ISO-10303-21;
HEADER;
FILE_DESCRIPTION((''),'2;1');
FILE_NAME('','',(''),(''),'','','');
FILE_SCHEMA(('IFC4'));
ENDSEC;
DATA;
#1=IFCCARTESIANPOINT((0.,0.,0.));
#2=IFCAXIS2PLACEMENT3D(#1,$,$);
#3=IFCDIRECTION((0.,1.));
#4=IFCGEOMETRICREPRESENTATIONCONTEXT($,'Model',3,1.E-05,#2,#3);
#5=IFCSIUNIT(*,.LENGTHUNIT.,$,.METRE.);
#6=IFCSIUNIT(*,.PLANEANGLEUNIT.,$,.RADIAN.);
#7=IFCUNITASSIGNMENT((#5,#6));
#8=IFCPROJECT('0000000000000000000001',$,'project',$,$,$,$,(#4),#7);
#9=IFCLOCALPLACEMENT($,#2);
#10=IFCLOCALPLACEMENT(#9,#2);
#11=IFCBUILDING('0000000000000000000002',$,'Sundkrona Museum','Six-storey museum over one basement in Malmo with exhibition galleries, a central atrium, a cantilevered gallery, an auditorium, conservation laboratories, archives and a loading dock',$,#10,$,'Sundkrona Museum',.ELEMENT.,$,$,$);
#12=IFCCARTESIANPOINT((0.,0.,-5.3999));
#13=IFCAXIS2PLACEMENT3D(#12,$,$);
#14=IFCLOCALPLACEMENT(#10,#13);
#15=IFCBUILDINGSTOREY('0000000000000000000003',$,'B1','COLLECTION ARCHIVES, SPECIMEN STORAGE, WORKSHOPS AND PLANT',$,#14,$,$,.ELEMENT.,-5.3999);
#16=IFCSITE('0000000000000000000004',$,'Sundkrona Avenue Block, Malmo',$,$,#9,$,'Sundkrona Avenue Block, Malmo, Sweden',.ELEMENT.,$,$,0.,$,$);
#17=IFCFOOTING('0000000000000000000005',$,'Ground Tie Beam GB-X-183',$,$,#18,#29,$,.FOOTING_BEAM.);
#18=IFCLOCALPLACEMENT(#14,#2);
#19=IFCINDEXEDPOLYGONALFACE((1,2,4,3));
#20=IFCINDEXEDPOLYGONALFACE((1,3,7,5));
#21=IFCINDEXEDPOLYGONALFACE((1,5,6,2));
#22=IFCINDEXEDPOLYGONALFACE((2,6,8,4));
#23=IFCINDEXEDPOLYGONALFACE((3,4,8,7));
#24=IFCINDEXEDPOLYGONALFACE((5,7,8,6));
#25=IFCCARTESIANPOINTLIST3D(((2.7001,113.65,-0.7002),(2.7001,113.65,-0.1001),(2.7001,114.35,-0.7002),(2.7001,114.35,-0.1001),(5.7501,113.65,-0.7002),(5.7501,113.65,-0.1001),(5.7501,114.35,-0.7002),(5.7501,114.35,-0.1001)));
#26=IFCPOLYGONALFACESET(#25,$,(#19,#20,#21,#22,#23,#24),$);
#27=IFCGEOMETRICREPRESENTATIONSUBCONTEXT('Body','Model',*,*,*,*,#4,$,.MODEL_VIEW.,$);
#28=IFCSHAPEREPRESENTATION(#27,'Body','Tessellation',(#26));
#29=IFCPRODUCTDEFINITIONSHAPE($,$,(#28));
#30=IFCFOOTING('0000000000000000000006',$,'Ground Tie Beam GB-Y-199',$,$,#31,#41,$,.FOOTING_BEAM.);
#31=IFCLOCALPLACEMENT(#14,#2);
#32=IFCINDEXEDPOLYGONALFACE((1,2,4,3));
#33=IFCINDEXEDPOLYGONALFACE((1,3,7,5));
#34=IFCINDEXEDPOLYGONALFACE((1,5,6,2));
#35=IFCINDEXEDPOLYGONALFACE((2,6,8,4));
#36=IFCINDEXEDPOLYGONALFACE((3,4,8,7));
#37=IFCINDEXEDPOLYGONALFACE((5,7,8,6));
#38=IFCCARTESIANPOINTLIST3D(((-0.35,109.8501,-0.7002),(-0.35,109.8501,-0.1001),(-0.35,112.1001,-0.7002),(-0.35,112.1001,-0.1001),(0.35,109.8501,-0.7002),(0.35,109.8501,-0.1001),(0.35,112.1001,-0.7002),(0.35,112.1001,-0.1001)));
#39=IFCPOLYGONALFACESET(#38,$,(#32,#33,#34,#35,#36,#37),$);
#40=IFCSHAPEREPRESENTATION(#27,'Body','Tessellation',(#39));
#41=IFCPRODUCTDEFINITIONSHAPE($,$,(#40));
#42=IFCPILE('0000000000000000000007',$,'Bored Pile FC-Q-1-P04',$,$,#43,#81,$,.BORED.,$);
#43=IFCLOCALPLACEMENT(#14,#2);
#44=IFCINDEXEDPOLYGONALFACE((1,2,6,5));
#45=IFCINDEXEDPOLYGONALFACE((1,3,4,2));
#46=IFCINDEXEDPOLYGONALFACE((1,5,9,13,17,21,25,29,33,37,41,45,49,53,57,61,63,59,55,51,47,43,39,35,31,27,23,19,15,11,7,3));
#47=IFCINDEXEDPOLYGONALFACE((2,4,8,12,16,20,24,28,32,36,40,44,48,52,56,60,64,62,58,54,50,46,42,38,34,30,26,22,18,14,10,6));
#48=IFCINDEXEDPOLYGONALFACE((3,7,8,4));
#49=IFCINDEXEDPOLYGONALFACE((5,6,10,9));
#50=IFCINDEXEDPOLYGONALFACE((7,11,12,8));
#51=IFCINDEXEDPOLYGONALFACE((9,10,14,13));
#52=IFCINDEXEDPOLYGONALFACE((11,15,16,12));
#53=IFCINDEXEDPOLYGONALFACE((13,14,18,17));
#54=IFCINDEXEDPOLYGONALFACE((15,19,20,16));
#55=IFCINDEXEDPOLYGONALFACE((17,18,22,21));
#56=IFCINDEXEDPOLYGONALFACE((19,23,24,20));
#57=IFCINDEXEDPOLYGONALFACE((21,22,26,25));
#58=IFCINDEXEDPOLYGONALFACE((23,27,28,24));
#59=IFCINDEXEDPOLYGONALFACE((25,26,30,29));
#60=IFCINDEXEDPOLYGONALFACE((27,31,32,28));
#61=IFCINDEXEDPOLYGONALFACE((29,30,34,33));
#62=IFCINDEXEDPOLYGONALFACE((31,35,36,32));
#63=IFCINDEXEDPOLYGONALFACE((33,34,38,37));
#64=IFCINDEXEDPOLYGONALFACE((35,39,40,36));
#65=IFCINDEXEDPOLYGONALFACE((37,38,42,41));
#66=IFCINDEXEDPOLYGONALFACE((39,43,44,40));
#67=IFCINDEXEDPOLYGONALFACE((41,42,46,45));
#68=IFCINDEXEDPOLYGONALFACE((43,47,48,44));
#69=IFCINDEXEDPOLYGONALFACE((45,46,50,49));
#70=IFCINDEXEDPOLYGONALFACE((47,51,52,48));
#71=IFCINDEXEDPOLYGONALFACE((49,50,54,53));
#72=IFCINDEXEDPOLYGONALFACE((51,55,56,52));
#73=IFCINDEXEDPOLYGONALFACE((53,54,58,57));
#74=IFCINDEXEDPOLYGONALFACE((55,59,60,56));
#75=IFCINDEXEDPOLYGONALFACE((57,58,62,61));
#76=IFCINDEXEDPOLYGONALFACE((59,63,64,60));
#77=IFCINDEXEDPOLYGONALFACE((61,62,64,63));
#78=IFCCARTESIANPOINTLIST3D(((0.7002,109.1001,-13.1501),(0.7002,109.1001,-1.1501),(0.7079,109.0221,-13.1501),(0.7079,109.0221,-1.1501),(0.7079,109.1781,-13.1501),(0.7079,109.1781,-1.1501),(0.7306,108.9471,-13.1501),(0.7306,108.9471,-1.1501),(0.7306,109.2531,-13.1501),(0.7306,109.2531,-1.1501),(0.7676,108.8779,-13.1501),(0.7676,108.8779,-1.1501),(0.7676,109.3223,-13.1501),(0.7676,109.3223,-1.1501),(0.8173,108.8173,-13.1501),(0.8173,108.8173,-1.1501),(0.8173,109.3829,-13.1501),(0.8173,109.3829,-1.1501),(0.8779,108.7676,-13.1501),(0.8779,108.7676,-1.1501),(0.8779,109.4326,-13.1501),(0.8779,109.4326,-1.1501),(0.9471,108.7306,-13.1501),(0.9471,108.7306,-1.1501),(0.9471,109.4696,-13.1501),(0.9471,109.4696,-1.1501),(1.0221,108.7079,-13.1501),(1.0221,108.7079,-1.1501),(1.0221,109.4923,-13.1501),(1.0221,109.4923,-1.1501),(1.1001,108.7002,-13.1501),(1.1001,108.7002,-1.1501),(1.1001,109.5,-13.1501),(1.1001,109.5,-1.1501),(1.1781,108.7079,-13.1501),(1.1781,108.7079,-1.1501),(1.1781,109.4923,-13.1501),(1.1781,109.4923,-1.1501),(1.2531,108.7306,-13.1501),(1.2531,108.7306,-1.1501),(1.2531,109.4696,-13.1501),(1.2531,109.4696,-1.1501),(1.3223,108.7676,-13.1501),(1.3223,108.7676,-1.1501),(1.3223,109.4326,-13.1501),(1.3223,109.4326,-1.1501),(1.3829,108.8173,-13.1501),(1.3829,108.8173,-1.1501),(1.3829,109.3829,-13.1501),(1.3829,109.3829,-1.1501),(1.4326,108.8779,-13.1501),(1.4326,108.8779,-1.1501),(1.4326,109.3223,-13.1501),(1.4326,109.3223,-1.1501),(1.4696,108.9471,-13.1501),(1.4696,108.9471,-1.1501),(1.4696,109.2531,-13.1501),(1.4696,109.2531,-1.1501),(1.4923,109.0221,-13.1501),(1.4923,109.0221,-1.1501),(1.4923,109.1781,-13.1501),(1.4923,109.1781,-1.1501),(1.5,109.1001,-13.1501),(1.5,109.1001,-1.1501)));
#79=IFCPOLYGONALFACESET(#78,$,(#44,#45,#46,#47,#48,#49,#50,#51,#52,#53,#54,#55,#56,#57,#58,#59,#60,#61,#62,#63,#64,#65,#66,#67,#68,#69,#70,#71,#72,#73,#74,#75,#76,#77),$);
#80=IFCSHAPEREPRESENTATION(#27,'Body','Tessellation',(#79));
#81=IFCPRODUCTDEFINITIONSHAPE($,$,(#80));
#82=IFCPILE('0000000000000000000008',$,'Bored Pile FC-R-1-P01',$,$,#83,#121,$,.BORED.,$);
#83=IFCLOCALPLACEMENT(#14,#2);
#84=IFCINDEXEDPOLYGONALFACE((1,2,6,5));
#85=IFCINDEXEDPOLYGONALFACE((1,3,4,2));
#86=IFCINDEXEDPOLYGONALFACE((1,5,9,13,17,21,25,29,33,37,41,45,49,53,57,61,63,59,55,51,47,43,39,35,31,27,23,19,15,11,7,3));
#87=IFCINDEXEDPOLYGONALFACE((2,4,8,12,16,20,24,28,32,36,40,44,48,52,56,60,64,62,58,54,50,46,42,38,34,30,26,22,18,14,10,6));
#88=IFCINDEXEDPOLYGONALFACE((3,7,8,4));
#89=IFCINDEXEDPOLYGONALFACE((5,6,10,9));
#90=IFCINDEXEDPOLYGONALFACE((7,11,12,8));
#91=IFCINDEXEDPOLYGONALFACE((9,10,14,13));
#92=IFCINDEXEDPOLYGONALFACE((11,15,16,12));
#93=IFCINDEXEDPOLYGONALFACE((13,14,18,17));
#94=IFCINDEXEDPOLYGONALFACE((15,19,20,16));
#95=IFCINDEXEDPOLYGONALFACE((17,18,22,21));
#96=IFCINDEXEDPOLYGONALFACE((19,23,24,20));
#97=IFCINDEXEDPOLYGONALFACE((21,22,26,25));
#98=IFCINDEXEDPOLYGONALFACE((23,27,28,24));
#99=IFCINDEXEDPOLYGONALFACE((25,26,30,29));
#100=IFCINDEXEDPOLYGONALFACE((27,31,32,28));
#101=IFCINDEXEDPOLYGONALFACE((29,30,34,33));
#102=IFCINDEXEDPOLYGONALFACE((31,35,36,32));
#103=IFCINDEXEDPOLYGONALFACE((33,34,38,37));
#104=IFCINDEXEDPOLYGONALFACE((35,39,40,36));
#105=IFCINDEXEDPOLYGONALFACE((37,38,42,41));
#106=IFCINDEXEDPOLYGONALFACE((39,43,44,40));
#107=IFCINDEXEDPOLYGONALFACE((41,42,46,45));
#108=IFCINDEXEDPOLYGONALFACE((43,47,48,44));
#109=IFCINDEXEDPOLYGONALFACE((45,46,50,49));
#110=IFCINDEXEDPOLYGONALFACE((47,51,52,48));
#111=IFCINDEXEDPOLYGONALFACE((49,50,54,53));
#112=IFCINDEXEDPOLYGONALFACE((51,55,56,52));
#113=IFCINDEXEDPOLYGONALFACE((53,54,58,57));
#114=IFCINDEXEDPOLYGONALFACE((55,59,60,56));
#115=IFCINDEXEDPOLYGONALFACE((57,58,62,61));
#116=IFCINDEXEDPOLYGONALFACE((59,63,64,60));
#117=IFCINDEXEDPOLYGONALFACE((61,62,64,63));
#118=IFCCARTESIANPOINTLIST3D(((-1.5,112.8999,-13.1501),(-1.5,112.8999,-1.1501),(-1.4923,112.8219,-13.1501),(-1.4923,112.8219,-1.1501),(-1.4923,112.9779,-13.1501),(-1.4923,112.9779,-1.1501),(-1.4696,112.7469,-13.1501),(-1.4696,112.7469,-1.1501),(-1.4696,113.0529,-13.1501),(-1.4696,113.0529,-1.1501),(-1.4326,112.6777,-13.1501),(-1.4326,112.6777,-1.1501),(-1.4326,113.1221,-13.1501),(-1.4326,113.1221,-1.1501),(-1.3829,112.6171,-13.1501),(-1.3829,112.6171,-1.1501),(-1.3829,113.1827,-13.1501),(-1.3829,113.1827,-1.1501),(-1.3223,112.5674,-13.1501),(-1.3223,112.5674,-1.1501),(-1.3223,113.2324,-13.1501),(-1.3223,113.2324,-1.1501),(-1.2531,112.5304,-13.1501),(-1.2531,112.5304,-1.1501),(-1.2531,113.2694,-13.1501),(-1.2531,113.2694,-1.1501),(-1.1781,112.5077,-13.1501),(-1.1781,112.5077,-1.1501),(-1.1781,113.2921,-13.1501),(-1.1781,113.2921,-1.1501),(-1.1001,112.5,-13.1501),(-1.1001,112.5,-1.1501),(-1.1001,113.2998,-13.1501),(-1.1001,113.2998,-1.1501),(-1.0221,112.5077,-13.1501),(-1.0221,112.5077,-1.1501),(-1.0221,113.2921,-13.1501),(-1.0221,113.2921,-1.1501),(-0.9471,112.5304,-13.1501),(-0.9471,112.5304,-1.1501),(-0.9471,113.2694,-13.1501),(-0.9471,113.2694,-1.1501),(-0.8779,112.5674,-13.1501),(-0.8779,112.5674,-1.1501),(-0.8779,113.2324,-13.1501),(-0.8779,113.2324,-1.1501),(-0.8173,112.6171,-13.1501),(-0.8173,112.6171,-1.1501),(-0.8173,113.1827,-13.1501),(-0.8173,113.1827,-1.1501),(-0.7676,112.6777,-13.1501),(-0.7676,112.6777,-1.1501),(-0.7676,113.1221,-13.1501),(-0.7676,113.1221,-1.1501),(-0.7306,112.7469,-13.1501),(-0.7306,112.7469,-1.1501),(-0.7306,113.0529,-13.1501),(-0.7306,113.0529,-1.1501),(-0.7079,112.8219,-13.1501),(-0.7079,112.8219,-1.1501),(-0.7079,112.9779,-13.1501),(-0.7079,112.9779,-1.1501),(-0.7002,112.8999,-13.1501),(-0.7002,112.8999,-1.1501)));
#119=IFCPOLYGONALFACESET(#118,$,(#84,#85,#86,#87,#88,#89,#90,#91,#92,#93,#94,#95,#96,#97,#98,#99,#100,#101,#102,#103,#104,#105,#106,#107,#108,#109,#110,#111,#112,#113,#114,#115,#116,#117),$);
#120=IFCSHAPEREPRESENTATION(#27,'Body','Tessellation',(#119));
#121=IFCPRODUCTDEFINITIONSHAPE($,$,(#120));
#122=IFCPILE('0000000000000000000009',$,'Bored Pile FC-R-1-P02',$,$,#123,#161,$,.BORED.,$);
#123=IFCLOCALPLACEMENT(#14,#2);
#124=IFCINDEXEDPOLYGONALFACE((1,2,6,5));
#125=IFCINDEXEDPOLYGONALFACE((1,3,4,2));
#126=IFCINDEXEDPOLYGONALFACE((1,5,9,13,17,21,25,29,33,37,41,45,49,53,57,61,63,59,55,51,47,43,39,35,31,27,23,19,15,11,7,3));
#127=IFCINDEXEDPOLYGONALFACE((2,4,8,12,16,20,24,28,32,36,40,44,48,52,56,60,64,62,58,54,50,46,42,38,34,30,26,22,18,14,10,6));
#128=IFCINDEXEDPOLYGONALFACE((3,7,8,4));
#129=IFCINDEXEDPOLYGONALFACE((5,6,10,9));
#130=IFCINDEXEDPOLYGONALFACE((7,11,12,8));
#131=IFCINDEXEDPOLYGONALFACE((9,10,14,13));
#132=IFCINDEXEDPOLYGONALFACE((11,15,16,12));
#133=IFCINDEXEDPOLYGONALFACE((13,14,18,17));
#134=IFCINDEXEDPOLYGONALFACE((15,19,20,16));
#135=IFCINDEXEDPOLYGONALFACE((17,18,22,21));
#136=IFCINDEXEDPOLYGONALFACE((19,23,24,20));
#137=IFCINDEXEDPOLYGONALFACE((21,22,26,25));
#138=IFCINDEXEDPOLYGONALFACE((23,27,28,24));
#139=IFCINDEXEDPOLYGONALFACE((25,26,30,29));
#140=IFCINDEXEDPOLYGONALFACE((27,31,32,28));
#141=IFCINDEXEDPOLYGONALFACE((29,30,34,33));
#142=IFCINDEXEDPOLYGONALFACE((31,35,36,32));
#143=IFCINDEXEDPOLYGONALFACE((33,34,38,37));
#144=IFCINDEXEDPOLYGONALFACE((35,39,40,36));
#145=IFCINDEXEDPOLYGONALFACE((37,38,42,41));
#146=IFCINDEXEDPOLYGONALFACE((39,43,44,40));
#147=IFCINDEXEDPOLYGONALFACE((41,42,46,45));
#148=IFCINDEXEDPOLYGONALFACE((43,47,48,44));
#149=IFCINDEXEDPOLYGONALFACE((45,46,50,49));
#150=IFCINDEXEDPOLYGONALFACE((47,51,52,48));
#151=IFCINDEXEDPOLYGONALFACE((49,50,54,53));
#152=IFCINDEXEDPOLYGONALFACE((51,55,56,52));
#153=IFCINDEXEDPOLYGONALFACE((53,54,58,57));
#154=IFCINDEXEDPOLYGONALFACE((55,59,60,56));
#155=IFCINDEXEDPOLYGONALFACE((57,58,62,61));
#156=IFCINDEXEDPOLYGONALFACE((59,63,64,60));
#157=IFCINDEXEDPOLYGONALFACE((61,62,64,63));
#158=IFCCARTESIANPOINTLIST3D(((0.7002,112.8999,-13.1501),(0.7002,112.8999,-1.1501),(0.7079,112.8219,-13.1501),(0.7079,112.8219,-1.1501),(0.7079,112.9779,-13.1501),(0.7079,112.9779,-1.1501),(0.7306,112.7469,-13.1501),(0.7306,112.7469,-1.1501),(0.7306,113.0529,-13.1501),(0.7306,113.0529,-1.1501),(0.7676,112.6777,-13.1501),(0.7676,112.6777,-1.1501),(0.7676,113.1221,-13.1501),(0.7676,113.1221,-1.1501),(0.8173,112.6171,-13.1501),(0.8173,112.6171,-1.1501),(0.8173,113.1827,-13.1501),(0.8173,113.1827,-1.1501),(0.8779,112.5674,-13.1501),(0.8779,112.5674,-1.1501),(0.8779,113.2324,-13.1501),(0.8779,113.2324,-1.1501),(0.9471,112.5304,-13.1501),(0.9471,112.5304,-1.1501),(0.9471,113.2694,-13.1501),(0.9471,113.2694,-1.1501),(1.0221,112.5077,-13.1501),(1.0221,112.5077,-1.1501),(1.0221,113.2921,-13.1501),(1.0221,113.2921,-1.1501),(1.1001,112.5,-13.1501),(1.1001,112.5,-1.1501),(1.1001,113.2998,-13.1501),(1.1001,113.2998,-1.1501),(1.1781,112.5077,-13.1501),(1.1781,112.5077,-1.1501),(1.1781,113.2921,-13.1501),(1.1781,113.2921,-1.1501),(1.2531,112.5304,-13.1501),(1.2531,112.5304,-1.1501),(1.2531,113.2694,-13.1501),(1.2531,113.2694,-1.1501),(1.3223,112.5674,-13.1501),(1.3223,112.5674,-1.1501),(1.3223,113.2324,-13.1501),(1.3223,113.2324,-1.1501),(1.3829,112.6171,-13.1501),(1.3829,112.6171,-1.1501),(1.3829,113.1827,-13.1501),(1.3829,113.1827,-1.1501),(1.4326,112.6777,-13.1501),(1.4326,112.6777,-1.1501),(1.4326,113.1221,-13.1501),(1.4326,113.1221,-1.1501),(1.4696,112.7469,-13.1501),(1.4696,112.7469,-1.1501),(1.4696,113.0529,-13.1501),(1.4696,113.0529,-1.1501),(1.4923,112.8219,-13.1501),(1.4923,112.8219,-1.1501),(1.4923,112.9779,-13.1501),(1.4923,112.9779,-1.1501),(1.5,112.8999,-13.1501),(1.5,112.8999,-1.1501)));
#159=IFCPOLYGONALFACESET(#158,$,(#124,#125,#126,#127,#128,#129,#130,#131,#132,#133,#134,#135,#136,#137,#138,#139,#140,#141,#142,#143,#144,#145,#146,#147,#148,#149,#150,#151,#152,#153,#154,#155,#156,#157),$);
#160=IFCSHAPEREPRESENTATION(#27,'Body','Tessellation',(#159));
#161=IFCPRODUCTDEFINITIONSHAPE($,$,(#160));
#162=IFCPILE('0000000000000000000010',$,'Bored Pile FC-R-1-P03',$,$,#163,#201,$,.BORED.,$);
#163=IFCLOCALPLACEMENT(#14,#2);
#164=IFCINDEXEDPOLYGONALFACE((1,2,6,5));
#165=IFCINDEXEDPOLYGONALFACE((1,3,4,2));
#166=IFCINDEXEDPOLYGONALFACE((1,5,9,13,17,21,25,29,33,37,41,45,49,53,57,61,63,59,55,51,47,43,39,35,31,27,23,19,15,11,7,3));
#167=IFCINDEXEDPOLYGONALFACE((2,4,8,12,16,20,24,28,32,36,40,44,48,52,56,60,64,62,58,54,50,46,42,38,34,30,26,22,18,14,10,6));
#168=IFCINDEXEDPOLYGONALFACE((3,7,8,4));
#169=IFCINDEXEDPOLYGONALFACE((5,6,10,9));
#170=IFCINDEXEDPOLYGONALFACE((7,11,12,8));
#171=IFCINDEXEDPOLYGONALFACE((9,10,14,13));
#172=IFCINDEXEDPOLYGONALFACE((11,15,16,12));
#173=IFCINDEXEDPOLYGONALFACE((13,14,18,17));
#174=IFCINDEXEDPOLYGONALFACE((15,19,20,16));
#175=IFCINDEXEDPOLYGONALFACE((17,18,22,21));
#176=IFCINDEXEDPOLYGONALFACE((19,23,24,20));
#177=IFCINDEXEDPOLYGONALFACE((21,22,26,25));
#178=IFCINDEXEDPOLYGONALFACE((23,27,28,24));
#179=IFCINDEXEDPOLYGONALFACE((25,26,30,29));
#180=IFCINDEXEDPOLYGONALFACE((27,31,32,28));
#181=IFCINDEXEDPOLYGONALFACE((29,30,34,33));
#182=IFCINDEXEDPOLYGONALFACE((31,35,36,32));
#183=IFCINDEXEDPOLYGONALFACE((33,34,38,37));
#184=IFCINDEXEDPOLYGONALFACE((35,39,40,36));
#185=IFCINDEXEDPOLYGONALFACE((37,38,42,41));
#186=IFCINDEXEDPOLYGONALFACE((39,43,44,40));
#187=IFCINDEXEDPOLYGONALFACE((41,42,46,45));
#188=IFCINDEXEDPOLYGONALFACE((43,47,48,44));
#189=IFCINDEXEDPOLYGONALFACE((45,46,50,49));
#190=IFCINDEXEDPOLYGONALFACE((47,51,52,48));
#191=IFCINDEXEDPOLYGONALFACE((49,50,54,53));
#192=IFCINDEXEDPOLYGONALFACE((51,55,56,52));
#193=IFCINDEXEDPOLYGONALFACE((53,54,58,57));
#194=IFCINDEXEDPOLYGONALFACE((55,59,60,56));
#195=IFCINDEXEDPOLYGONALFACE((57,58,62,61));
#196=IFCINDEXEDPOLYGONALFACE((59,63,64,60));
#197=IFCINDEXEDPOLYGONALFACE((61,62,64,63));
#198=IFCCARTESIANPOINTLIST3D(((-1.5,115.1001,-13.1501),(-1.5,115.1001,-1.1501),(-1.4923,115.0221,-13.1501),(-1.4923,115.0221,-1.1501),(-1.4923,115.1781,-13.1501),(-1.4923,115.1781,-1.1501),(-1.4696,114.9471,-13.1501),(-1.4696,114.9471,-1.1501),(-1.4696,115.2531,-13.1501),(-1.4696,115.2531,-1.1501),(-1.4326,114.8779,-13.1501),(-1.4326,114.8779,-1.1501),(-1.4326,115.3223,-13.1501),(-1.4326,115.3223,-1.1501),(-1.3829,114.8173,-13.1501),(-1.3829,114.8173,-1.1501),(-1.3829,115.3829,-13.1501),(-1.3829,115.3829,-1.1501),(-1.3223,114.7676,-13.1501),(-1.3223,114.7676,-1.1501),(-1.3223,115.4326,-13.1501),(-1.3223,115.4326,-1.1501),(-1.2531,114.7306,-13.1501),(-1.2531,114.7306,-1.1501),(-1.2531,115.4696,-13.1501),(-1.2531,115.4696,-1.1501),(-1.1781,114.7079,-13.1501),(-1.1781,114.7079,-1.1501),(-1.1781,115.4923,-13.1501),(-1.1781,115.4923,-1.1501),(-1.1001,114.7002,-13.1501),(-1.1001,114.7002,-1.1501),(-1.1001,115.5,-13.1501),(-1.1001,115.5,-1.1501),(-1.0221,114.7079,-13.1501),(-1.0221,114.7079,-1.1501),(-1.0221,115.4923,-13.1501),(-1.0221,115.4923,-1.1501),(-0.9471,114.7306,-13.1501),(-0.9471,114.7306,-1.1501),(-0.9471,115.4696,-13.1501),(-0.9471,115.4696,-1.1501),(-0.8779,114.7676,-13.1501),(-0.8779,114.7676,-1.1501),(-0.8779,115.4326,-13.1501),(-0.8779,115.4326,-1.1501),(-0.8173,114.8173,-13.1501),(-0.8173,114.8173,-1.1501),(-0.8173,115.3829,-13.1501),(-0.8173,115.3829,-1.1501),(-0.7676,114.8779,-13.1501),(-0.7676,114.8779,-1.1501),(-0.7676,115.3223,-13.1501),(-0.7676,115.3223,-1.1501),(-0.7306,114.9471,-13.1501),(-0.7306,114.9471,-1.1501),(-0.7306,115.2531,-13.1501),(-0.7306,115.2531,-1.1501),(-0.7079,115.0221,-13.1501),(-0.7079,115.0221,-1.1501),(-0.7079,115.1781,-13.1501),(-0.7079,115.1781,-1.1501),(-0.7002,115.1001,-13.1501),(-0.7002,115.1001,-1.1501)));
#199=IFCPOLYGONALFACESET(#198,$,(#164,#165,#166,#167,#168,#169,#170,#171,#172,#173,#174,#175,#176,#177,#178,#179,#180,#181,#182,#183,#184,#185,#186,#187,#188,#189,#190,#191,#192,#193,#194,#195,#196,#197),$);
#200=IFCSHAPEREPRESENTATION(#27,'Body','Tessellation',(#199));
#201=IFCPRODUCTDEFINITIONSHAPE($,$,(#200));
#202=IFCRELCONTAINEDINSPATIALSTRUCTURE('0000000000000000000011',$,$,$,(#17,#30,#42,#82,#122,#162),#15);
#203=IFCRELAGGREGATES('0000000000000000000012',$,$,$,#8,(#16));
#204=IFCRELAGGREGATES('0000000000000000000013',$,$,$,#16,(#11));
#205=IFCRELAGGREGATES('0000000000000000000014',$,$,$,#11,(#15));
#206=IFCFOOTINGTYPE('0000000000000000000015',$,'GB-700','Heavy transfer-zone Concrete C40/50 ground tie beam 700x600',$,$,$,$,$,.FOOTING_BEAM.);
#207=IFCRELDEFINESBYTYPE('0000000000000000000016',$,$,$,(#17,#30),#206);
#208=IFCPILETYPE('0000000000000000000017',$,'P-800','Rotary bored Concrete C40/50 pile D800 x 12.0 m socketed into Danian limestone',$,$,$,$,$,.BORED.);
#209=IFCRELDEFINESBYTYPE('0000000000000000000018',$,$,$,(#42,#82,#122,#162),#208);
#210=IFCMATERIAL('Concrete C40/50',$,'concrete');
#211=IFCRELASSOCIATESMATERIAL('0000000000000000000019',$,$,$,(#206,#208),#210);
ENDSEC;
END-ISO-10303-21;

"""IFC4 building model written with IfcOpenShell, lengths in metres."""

from ifc_helpers import new_model, si_unit, direction, frame, origin, origin_2d, place, context, subcontext, project, spatial, rectangle, circle, extrude, material, material_profile, profile_set, type_object, element, save


model = new_model("IFC4")

# Units and contexts
model_context = context("Model", 3, precision=1e-05, world=origin(), true_north=direction((0.0, 1.0)))
body_context = subcontext(model_context, "Body", "Model", "MODEL_VIEW")
ifc_project = project(units=[si_unit("LENGTHUNIT", "METRE"), si_unit("PLANEANGLEUNIT", "RADIAN")], contexts=[model_context])

# Site, building, storey
site_placement = place(None, origin())
site = spatial("IfcSite", under=ifc_project, at=site_placement, Name="Sundkrona Avenue Block, Malmo", LongName="Sundkrona Avenue Block, Malmo, Sweden", CompositionType="ELEMENT", RefElevation=0.0)
building_placement = place(site_placement, origin())
building = spatial("IfcBuilding", under=site, at=building_placement, Name="Sundkrona Museum", Description="Six-storey museum over one basement in Malmo with exhibition galleries, a central atrium, a cantilevered gallery, an auditorium, conservation laboratories, archives and a loading dock", LongName="Sundkrona Museum", CompositionType="ELEMENT")
storey_placement = place(building_placement, frame((0.0, 0.0, -5.3999)))
storey = spatial("IfcBuildingStorey", under=building, at=storey_placement, Name="B1", Description="COLLECTION ARCHIVES, SPECIMEN STORAGE, WORKSHOPS AND PLANT", CompositionType="ELEMENT", Elevation=-5.3999)

# Footings
ifc_material_1 = material(Name="Concrete C40/50", Category="concrete")
footing_type_1 = type_object("IfcFootingType", Name="GB-700", Description="Heavy transfer-zone Concrete C40/50 ground tie beam 700x600", PredefinedType="FOOTING_BEAM", material=ifc_material_1)
footing_1_placement = place(storey_placement, frame((4.2251, 114.0, -0.7002), z_axis=(0.0, 0.0, 1.0), x_axis=(1.0, 0.0, 0.0)))
element("IfcFooting", 1, at=footing_1_placement, inside=storey, type_object=footing_type_1, Name="Ground Tie Beam GB-X-183", PredefinedType="FOOTING_BEAM", context=body_context, shape_type="SweptSolid", body=[
    extrude(rectangle(XDim=3.05, YDim=0.7, at=origin_2d()), origin(), (0.0, 0.0, 1.0), 0.6001),
])
footing_2_placement = place(storey_placement, frame((0.0, 110.9751, -0.7002), z_axis=(0.0, 0.0, 1.0), x_axis=(0.0, 1.0, 0.0)))
element("IfcFooting", 2, at=footing_2_placement, inside=storey, type_object=footing_type_1, Name="Ground Tie Beam GB-Y-199", PredefinedType="FOOTING_BEAM", context=body_context, shape_type="SweptSolid", body=[
    extrude(rectangle(XDim=2.25, YDim=0.7, at=origin_2d()), origin(), (0.0, 0.0, 1.0), 0.6001),
])

# Piles
ifc_material_profile_1 = material_profile(ifc_material_1, circle(Radius=0.3999, at=origin_2d()), Name="PILE D800")
ifc_profile_set_1 = profile_set([ifc_material_profile_1], Name="Concrete C40/50")
pile_type = type_object("IfcPileType", Name="P-800", Description="Rotary bored Concrete C40/50 pile D800 x 12.0 m socketed into Danian limestone", PredefinedType="BORED", material=ifc_profile_set_1)
for number, where, z_axis, x_axis, name in (
    (3, (1.1001, 109.1001, -1.1501), (0.0, 0.0, -1.0), (1.0, 0.0, 0.0), "Bored Pile FC-Q-1-P04"),
    (4, (-1.1001, 112.8999, -1.1501), (0.0, 0.0, -1.0), (1.0, 0.0, 0.0), "Bored Pile FC-R-1-P01"),
    (5, (1.1001, 112.8999, -1.1501), (0.0, 0.0, -1.0), (1.0, 0.0, 0.0), "Bored Pile FC-R-1-P02"),
    (6, (-1.1001, 115.1001, -1.1501), (0.0, 0.0, -1.0), (1.0, 0.0, 0.0), "Bored Pile FC-R-1-P03"),
):
    element("IfcPile", number, at=place(storey_placement, frame(where, z_axis=z_axis, x_axis=x_axis)), inside=storey, type_object=pile_type, Name=name, PredefinedType="BORED", context=body_context, shape_type="SweptSolid", body=[
        extrude(circle(Radius=0.3999, at=origin_2d()), origin(), (0.0, 0.0, 1.0), 12.0),
    ])

save(model, "model.ifc")
